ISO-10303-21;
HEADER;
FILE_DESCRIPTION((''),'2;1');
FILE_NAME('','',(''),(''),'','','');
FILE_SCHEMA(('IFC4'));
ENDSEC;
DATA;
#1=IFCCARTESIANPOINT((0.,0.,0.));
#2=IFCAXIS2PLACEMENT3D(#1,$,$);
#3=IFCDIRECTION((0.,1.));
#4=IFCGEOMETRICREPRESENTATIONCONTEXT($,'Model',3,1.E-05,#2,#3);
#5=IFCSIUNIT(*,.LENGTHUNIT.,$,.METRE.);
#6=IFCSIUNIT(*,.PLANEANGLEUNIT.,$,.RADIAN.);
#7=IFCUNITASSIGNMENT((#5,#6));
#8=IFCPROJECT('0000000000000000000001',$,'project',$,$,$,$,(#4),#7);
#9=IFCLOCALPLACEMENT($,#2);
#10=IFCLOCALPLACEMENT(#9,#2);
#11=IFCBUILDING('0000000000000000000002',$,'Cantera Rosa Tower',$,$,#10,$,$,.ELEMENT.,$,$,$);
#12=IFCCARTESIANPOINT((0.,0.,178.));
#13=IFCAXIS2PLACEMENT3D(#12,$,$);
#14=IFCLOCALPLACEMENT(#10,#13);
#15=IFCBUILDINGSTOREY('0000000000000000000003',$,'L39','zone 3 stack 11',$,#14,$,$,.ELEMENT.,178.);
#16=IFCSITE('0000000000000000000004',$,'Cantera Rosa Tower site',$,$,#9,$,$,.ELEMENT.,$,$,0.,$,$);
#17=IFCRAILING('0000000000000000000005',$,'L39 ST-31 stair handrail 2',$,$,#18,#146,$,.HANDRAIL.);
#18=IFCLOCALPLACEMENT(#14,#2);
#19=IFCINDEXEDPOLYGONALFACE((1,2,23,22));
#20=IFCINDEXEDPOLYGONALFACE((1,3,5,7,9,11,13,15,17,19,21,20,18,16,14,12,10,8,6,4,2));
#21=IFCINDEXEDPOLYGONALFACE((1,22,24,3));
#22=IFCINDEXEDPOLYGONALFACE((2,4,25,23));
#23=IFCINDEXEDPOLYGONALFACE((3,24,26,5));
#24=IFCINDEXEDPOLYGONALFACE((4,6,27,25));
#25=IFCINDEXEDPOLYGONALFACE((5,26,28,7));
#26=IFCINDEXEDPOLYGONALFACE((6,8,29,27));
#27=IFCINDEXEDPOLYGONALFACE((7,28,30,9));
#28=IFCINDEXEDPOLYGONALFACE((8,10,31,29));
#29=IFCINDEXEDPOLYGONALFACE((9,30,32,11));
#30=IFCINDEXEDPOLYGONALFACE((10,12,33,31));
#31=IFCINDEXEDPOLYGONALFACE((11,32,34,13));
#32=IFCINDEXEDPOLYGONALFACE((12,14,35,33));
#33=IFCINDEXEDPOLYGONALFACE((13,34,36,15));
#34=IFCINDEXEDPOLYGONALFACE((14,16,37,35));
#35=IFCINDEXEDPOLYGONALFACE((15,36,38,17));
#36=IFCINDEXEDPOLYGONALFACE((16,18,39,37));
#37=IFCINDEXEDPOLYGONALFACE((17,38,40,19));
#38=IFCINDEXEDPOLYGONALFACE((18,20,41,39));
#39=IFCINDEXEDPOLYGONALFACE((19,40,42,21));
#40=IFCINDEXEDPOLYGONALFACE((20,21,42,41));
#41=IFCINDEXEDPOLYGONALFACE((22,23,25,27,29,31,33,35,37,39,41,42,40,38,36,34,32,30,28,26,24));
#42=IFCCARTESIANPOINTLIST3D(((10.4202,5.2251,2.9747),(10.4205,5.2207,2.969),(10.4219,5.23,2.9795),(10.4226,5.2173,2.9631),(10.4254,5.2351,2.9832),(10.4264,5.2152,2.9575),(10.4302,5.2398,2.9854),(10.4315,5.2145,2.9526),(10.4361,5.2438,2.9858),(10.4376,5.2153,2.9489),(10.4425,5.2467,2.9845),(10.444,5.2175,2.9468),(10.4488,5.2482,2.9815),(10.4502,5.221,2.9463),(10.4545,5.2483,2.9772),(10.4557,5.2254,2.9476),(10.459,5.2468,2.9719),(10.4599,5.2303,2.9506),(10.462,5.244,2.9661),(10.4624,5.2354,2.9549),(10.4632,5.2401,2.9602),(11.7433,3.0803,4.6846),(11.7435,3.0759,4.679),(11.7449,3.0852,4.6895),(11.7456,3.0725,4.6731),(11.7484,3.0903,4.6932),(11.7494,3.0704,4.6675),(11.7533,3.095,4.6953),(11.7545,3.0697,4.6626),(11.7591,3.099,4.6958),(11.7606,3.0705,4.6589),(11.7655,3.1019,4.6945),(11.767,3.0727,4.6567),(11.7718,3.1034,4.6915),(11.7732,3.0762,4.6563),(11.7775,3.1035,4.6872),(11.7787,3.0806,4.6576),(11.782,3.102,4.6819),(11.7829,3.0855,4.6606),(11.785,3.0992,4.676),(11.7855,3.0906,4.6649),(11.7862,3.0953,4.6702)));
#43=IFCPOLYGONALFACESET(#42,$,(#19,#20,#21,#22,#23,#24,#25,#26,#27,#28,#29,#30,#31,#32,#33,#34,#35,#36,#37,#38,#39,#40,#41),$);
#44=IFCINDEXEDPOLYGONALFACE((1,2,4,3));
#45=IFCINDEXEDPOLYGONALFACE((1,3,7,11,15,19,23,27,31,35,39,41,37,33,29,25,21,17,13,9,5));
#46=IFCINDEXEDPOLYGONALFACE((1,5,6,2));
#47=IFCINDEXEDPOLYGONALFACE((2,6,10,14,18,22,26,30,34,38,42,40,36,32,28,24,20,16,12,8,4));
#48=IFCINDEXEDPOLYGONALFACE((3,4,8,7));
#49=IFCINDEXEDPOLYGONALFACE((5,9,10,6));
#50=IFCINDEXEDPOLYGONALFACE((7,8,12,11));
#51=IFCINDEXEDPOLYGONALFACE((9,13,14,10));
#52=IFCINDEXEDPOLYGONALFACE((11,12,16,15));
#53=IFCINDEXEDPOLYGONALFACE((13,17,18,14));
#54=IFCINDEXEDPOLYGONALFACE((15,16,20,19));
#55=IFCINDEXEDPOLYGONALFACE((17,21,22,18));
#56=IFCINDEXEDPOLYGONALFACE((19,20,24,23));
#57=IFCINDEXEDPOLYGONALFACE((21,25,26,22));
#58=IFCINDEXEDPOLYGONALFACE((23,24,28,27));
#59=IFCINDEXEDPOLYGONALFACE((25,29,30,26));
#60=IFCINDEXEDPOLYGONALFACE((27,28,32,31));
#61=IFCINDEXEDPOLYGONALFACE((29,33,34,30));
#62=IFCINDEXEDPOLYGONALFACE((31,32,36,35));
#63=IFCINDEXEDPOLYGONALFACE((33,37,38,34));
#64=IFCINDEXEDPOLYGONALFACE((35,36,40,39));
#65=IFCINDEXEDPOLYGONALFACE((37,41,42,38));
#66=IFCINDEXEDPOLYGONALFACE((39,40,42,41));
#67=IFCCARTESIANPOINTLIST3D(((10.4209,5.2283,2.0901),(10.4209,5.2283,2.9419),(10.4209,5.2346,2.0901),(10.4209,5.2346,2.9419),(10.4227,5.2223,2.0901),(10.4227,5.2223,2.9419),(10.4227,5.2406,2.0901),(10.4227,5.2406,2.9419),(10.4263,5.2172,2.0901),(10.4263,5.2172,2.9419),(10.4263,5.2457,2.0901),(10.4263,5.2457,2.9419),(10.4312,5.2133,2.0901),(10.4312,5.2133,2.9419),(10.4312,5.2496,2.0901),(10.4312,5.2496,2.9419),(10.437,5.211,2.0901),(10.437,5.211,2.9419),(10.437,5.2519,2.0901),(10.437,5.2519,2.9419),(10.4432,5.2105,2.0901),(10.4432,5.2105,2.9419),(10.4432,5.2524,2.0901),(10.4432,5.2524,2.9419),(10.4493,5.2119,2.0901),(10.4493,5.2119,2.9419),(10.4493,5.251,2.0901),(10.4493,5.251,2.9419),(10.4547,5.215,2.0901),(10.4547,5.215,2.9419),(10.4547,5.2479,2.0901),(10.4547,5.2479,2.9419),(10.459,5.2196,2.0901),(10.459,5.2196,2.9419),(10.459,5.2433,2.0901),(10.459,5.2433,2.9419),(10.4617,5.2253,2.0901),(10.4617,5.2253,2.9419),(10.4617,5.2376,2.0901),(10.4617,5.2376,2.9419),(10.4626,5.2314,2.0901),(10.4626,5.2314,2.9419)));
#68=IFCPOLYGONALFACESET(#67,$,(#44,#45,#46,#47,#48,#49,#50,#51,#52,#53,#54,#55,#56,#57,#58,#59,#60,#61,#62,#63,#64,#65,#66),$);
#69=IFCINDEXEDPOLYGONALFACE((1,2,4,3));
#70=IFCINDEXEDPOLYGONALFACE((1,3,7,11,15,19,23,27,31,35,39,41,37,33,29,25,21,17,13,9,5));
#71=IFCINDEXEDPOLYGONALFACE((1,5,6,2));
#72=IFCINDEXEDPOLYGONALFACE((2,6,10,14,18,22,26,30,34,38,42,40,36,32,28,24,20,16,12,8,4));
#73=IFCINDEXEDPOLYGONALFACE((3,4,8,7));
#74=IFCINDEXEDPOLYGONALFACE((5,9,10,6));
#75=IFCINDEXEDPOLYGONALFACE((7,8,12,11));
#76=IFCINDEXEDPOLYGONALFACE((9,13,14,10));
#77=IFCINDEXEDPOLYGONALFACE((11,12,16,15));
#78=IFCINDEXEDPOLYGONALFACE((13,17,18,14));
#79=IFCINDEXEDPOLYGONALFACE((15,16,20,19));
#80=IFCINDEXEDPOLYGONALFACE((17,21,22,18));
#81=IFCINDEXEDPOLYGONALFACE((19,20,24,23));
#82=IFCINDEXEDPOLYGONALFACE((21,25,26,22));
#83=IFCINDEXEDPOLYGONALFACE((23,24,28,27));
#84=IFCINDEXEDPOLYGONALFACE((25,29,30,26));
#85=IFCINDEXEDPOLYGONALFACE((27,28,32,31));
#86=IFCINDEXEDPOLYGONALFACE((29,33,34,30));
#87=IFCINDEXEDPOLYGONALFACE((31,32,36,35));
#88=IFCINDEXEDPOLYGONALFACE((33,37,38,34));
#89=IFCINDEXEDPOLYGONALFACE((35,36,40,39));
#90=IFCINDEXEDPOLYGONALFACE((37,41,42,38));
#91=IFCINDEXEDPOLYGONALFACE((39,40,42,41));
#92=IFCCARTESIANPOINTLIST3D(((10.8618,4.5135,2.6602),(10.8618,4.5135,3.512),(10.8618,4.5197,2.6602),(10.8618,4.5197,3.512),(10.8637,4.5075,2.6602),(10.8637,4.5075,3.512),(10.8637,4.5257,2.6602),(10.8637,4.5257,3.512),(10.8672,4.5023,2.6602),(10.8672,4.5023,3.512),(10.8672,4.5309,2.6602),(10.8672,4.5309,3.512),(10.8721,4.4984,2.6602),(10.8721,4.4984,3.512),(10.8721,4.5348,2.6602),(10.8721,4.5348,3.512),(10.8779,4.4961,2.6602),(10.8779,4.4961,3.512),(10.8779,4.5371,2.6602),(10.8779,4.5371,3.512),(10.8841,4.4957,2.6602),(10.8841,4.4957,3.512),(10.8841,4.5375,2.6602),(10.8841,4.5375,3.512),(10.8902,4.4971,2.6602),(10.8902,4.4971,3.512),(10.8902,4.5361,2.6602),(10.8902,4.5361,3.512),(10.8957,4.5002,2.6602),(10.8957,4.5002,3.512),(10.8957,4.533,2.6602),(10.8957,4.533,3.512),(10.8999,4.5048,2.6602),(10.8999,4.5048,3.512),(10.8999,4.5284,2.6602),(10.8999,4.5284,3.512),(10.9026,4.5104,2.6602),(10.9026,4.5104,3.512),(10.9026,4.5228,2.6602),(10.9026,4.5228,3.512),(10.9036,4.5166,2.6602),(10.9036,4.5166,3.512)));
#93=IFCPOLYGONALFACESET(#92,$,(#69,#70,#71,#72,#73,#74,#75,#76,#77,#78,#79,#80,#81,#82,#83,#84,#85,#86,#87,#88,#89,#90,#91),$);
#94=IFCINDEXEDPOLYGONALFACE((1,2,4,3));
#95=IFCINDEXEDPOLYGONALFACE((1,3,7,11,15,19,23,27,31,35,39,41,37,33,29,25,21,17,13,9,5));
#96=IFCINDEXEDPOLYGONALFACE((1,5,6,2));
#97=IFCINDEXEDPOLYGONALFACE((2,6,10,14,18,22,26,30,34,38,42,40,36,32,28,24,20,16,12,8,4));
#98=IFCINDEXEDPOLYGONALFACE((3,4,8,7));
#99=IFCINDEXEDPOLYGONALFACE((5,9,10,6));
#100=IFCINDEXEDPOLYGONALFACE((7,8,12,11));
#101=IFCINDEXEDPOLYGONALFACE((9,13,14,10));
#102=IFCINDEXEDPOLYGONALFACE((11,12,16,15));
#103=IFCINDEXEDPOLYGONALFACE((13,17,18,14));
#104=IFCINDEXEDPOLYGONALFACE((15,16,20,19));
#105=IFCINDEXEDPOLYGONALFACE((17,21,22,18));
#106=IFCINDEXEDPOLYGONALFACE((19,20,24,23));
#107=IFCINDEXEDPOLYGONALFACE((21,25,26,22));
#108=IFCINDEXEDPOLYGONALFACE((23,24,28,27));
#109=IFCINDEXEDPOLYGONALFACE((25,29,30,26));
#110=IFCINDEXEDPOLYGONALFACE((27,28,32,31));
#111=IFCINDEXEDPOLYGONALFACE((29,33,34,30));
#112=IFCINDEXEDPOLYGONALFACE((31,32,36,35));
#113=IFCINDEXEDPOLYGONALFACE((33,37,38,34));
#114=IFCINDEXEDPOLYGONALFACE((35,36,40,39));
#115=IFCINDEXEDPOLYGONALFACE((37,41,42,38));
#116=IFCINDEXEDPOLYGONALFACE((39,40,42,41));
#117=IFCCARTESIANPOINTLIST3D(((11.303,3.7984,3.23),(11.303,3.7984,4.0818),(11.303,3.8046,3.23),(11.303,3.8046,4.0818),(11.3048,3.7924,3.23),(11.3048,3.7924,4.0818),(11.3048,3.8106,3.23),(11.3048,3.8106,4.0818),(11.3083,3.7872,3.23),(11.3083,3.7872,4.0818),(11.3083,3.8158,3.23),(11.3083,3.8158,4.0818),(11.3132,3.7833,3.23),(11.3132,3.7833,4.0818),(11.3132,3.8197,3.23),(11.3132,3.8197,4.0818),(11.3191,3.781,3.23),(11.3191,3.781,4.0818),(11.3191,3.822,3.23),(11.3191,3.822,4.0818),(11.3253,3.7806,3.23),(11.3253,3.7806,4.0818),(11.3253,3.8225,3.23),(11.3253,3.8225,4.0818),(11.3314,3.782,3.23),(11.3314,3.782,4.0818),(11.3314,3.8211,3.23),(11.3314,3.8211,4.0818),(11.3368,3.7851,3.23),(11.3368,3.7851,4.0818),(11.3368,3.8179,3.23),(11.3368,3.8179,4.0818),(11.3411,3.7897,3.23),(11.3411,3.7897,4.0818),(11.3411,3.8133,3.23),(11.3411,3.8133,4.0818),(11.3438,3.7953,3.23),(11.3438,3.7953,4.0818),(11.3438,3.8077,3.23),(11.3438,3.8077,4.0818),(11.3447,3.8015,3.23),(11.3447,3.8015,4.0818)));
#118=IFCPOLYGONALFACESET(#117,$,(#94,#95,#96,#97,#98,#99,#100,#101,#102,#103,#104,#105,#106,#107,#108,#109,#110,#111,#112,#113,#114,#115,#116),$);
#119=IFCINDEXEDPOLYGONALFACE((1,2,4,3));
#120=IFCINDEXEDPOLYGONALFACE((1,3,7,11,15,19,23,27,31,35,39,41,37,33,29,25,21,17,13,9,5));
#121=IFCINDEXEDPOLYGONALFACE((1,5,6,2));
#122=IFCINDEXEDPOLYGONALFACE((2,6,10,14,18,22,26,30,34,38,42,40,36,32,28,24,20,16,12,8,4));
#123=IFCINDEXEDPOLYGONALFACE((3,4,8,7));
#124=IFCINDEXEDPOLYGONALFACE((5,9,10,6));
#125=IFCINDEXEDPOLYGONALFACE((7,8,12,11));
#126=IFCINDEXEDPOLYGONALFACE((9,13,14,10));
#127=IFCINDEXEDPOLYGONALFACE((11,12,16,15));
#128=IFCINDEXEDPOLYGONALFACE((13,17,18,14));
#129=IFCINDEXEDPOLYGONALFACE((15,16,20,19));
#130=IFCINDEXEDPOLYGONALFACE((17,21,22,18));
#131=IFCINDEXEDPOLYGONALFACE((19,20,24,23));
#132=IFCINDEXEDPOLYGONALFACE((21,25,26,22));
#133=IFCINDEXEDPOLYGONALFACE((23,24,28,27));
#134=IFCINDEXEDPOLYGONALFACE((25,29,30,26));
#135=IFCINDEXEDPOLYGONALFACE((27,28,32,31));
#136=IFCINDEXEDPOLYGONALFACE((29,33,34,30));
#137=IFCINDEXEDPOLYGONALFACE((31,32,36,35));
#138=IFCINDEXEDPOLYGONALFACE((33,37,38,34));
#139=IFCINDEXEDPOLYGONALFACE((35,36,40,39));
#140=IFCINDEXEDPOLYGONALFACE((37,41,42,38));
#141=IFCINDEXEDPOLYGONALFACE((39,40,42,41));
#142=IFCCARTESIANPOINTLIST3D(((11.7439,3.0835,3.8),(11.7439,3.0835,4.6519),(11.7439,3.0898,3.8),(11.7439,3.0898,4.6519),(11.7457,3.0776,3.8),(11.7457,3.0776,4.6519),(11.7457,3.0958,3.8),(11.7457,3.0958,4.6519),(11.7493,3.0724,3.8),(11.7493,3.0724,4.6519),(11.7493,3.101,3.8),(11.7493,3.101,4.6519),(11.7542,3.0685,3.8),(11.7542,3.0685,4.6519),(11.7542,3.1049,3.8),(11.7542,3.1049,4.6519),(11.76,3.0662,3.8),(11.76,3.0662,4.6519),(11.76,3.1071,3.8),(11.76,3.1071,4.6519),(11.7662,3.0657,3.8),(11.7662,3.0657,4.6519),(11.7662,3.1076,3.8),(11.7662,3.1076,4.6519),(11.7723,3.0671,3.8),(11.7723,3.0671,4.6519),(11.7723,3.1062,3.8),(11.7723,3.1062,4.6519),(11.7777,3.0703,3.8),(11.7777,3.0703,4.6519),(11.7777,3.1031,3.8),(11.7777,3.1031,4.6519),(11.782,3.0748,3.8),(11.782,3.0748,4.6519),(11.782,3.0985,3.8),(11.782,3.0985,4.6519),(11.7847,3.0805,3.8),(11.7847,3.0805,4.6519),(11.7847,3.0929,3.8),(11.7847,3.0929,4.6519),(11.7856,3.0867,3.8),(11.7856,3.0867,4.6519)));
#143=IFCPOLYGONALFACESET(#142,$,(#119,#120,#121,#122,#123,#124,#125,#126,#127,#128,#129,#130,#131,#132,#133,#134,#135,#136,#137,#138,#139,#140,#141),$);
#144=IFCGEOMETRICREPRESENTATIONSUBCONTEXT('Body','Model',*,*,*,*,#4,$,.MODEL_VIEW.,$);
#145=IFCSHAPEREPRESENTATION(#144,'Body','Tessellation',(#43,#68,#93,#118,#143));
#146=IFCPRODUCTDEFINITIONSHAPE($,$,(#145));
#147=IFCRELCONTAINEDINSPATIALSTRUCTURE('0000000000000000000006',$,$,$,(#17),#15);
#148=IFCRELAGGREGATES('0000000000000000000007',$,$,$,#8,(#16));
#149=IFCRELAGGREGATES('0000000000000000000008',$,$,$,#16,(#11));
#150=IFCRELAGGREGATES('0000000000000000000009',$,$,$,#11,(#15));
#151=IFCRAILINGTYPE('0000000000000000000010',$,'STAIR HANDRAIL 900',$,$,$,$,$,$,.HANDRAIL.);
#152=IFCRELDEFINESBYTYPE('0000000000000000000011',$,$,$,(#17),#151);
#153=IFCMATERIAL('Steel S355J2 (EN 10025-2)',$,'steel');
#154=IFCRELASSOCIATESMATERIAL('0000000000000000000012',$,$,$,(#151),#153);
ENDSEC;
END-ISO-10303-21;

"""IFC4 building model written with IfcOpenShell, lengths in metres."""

from ifc_helpers import new_model, si_unit, direction, frame, origin, origin_2d, place, context, subcontext, project, spatial, circle, extrude, material, type_object, element, save


model = new_model("IFC4")

# Units and contexts
model_context = context("Model", 3, precision=1e-05, world=origin(), true_north=direction((0.0, 1.0)))
body_context = subcontext(model_context, "Body", "Model", "MODEL_VIEW")
ifc_project = project(units=[si_unit("LENGTHUNIT", "METRE"), si_unit("PLANEANGLEUNIT", "RADIAN")], contexts=[model_context])

# Site, building, storey
site_placement = place(None, origin())
site = spatial("IfcSite", under=ifc_project, at=site_placement, Name="Cantera Rosa Tower site", CompositionType="ELEMENT", RefElevation=0.0)
building_placement = place(site_placement, origin())
building = spatial("IfcBuilding", under=site, at=building_placement, Name="Cantera Rosa Tower", CompositionType="ELEMENT")
storey_placement = place(building_placement, frame((0.0, 0.0, 178.0)))
storey = spatial("IfcBuildingStorey", under=building, at=storey_placement, Name="L39", Description="zone 3 stack 11", CompositionType="ELEMENT", Elevation=178.0)

# Railing
ifc_material_1 = material(Name="Steel S355J2 (EN 10025-2)", Category="steel")
railing_type_1 = type_object("IfcRailingType", Name="STAIR HANDRAIL 900", PredefinedType="HANDRAIL", material=ifc_material_1)
railing_1_placement = place(storey_placement, frame((10.4417, 5.2314, 2.0901)))
element("IfcRailing", 1, at=railing_1_placement, inside=storey, type_object=railing_type_1, Name="L39 ST-31 stair handrail 2", PredefinedType="HANDRAIL", context=body_context, shape_type="SweptSolid", body=[
    extrude(circle(Radius=0.0239, at=origin_2d()), frame((0.0, 0.0, 0.876), z_axis=(0.434428, -0.704271, 0.561493), x_axis=(0.851102, 0.525, 0.0)), (0.0, 0.0, 1.0), 3.0454),
    extrude(circle(Radius=0.021, at=origin_2d()), origin(), (0.0, 0.0, 1.0), 0.8518),
    extrude(circle(Radius=0.021, at=origin_2d()), frame((0.4409, -0.7148, 0.5701)), (0.0, 0.0, 1.0), 0.8518),
    extrude(circle(Radius=0.021, at=origin_2d()), frame((0.8821, -1.4299, 1.1399)), (0.0, 0.0, 1.0), 0.8518),
    extrude(circle(Radius=0.021, at=origin_2d()), frame((1.323, -2.1448, 1.71)), (0.0, 0.0, 1.0), 0.8518),
])

save(model, "model.ifc")
